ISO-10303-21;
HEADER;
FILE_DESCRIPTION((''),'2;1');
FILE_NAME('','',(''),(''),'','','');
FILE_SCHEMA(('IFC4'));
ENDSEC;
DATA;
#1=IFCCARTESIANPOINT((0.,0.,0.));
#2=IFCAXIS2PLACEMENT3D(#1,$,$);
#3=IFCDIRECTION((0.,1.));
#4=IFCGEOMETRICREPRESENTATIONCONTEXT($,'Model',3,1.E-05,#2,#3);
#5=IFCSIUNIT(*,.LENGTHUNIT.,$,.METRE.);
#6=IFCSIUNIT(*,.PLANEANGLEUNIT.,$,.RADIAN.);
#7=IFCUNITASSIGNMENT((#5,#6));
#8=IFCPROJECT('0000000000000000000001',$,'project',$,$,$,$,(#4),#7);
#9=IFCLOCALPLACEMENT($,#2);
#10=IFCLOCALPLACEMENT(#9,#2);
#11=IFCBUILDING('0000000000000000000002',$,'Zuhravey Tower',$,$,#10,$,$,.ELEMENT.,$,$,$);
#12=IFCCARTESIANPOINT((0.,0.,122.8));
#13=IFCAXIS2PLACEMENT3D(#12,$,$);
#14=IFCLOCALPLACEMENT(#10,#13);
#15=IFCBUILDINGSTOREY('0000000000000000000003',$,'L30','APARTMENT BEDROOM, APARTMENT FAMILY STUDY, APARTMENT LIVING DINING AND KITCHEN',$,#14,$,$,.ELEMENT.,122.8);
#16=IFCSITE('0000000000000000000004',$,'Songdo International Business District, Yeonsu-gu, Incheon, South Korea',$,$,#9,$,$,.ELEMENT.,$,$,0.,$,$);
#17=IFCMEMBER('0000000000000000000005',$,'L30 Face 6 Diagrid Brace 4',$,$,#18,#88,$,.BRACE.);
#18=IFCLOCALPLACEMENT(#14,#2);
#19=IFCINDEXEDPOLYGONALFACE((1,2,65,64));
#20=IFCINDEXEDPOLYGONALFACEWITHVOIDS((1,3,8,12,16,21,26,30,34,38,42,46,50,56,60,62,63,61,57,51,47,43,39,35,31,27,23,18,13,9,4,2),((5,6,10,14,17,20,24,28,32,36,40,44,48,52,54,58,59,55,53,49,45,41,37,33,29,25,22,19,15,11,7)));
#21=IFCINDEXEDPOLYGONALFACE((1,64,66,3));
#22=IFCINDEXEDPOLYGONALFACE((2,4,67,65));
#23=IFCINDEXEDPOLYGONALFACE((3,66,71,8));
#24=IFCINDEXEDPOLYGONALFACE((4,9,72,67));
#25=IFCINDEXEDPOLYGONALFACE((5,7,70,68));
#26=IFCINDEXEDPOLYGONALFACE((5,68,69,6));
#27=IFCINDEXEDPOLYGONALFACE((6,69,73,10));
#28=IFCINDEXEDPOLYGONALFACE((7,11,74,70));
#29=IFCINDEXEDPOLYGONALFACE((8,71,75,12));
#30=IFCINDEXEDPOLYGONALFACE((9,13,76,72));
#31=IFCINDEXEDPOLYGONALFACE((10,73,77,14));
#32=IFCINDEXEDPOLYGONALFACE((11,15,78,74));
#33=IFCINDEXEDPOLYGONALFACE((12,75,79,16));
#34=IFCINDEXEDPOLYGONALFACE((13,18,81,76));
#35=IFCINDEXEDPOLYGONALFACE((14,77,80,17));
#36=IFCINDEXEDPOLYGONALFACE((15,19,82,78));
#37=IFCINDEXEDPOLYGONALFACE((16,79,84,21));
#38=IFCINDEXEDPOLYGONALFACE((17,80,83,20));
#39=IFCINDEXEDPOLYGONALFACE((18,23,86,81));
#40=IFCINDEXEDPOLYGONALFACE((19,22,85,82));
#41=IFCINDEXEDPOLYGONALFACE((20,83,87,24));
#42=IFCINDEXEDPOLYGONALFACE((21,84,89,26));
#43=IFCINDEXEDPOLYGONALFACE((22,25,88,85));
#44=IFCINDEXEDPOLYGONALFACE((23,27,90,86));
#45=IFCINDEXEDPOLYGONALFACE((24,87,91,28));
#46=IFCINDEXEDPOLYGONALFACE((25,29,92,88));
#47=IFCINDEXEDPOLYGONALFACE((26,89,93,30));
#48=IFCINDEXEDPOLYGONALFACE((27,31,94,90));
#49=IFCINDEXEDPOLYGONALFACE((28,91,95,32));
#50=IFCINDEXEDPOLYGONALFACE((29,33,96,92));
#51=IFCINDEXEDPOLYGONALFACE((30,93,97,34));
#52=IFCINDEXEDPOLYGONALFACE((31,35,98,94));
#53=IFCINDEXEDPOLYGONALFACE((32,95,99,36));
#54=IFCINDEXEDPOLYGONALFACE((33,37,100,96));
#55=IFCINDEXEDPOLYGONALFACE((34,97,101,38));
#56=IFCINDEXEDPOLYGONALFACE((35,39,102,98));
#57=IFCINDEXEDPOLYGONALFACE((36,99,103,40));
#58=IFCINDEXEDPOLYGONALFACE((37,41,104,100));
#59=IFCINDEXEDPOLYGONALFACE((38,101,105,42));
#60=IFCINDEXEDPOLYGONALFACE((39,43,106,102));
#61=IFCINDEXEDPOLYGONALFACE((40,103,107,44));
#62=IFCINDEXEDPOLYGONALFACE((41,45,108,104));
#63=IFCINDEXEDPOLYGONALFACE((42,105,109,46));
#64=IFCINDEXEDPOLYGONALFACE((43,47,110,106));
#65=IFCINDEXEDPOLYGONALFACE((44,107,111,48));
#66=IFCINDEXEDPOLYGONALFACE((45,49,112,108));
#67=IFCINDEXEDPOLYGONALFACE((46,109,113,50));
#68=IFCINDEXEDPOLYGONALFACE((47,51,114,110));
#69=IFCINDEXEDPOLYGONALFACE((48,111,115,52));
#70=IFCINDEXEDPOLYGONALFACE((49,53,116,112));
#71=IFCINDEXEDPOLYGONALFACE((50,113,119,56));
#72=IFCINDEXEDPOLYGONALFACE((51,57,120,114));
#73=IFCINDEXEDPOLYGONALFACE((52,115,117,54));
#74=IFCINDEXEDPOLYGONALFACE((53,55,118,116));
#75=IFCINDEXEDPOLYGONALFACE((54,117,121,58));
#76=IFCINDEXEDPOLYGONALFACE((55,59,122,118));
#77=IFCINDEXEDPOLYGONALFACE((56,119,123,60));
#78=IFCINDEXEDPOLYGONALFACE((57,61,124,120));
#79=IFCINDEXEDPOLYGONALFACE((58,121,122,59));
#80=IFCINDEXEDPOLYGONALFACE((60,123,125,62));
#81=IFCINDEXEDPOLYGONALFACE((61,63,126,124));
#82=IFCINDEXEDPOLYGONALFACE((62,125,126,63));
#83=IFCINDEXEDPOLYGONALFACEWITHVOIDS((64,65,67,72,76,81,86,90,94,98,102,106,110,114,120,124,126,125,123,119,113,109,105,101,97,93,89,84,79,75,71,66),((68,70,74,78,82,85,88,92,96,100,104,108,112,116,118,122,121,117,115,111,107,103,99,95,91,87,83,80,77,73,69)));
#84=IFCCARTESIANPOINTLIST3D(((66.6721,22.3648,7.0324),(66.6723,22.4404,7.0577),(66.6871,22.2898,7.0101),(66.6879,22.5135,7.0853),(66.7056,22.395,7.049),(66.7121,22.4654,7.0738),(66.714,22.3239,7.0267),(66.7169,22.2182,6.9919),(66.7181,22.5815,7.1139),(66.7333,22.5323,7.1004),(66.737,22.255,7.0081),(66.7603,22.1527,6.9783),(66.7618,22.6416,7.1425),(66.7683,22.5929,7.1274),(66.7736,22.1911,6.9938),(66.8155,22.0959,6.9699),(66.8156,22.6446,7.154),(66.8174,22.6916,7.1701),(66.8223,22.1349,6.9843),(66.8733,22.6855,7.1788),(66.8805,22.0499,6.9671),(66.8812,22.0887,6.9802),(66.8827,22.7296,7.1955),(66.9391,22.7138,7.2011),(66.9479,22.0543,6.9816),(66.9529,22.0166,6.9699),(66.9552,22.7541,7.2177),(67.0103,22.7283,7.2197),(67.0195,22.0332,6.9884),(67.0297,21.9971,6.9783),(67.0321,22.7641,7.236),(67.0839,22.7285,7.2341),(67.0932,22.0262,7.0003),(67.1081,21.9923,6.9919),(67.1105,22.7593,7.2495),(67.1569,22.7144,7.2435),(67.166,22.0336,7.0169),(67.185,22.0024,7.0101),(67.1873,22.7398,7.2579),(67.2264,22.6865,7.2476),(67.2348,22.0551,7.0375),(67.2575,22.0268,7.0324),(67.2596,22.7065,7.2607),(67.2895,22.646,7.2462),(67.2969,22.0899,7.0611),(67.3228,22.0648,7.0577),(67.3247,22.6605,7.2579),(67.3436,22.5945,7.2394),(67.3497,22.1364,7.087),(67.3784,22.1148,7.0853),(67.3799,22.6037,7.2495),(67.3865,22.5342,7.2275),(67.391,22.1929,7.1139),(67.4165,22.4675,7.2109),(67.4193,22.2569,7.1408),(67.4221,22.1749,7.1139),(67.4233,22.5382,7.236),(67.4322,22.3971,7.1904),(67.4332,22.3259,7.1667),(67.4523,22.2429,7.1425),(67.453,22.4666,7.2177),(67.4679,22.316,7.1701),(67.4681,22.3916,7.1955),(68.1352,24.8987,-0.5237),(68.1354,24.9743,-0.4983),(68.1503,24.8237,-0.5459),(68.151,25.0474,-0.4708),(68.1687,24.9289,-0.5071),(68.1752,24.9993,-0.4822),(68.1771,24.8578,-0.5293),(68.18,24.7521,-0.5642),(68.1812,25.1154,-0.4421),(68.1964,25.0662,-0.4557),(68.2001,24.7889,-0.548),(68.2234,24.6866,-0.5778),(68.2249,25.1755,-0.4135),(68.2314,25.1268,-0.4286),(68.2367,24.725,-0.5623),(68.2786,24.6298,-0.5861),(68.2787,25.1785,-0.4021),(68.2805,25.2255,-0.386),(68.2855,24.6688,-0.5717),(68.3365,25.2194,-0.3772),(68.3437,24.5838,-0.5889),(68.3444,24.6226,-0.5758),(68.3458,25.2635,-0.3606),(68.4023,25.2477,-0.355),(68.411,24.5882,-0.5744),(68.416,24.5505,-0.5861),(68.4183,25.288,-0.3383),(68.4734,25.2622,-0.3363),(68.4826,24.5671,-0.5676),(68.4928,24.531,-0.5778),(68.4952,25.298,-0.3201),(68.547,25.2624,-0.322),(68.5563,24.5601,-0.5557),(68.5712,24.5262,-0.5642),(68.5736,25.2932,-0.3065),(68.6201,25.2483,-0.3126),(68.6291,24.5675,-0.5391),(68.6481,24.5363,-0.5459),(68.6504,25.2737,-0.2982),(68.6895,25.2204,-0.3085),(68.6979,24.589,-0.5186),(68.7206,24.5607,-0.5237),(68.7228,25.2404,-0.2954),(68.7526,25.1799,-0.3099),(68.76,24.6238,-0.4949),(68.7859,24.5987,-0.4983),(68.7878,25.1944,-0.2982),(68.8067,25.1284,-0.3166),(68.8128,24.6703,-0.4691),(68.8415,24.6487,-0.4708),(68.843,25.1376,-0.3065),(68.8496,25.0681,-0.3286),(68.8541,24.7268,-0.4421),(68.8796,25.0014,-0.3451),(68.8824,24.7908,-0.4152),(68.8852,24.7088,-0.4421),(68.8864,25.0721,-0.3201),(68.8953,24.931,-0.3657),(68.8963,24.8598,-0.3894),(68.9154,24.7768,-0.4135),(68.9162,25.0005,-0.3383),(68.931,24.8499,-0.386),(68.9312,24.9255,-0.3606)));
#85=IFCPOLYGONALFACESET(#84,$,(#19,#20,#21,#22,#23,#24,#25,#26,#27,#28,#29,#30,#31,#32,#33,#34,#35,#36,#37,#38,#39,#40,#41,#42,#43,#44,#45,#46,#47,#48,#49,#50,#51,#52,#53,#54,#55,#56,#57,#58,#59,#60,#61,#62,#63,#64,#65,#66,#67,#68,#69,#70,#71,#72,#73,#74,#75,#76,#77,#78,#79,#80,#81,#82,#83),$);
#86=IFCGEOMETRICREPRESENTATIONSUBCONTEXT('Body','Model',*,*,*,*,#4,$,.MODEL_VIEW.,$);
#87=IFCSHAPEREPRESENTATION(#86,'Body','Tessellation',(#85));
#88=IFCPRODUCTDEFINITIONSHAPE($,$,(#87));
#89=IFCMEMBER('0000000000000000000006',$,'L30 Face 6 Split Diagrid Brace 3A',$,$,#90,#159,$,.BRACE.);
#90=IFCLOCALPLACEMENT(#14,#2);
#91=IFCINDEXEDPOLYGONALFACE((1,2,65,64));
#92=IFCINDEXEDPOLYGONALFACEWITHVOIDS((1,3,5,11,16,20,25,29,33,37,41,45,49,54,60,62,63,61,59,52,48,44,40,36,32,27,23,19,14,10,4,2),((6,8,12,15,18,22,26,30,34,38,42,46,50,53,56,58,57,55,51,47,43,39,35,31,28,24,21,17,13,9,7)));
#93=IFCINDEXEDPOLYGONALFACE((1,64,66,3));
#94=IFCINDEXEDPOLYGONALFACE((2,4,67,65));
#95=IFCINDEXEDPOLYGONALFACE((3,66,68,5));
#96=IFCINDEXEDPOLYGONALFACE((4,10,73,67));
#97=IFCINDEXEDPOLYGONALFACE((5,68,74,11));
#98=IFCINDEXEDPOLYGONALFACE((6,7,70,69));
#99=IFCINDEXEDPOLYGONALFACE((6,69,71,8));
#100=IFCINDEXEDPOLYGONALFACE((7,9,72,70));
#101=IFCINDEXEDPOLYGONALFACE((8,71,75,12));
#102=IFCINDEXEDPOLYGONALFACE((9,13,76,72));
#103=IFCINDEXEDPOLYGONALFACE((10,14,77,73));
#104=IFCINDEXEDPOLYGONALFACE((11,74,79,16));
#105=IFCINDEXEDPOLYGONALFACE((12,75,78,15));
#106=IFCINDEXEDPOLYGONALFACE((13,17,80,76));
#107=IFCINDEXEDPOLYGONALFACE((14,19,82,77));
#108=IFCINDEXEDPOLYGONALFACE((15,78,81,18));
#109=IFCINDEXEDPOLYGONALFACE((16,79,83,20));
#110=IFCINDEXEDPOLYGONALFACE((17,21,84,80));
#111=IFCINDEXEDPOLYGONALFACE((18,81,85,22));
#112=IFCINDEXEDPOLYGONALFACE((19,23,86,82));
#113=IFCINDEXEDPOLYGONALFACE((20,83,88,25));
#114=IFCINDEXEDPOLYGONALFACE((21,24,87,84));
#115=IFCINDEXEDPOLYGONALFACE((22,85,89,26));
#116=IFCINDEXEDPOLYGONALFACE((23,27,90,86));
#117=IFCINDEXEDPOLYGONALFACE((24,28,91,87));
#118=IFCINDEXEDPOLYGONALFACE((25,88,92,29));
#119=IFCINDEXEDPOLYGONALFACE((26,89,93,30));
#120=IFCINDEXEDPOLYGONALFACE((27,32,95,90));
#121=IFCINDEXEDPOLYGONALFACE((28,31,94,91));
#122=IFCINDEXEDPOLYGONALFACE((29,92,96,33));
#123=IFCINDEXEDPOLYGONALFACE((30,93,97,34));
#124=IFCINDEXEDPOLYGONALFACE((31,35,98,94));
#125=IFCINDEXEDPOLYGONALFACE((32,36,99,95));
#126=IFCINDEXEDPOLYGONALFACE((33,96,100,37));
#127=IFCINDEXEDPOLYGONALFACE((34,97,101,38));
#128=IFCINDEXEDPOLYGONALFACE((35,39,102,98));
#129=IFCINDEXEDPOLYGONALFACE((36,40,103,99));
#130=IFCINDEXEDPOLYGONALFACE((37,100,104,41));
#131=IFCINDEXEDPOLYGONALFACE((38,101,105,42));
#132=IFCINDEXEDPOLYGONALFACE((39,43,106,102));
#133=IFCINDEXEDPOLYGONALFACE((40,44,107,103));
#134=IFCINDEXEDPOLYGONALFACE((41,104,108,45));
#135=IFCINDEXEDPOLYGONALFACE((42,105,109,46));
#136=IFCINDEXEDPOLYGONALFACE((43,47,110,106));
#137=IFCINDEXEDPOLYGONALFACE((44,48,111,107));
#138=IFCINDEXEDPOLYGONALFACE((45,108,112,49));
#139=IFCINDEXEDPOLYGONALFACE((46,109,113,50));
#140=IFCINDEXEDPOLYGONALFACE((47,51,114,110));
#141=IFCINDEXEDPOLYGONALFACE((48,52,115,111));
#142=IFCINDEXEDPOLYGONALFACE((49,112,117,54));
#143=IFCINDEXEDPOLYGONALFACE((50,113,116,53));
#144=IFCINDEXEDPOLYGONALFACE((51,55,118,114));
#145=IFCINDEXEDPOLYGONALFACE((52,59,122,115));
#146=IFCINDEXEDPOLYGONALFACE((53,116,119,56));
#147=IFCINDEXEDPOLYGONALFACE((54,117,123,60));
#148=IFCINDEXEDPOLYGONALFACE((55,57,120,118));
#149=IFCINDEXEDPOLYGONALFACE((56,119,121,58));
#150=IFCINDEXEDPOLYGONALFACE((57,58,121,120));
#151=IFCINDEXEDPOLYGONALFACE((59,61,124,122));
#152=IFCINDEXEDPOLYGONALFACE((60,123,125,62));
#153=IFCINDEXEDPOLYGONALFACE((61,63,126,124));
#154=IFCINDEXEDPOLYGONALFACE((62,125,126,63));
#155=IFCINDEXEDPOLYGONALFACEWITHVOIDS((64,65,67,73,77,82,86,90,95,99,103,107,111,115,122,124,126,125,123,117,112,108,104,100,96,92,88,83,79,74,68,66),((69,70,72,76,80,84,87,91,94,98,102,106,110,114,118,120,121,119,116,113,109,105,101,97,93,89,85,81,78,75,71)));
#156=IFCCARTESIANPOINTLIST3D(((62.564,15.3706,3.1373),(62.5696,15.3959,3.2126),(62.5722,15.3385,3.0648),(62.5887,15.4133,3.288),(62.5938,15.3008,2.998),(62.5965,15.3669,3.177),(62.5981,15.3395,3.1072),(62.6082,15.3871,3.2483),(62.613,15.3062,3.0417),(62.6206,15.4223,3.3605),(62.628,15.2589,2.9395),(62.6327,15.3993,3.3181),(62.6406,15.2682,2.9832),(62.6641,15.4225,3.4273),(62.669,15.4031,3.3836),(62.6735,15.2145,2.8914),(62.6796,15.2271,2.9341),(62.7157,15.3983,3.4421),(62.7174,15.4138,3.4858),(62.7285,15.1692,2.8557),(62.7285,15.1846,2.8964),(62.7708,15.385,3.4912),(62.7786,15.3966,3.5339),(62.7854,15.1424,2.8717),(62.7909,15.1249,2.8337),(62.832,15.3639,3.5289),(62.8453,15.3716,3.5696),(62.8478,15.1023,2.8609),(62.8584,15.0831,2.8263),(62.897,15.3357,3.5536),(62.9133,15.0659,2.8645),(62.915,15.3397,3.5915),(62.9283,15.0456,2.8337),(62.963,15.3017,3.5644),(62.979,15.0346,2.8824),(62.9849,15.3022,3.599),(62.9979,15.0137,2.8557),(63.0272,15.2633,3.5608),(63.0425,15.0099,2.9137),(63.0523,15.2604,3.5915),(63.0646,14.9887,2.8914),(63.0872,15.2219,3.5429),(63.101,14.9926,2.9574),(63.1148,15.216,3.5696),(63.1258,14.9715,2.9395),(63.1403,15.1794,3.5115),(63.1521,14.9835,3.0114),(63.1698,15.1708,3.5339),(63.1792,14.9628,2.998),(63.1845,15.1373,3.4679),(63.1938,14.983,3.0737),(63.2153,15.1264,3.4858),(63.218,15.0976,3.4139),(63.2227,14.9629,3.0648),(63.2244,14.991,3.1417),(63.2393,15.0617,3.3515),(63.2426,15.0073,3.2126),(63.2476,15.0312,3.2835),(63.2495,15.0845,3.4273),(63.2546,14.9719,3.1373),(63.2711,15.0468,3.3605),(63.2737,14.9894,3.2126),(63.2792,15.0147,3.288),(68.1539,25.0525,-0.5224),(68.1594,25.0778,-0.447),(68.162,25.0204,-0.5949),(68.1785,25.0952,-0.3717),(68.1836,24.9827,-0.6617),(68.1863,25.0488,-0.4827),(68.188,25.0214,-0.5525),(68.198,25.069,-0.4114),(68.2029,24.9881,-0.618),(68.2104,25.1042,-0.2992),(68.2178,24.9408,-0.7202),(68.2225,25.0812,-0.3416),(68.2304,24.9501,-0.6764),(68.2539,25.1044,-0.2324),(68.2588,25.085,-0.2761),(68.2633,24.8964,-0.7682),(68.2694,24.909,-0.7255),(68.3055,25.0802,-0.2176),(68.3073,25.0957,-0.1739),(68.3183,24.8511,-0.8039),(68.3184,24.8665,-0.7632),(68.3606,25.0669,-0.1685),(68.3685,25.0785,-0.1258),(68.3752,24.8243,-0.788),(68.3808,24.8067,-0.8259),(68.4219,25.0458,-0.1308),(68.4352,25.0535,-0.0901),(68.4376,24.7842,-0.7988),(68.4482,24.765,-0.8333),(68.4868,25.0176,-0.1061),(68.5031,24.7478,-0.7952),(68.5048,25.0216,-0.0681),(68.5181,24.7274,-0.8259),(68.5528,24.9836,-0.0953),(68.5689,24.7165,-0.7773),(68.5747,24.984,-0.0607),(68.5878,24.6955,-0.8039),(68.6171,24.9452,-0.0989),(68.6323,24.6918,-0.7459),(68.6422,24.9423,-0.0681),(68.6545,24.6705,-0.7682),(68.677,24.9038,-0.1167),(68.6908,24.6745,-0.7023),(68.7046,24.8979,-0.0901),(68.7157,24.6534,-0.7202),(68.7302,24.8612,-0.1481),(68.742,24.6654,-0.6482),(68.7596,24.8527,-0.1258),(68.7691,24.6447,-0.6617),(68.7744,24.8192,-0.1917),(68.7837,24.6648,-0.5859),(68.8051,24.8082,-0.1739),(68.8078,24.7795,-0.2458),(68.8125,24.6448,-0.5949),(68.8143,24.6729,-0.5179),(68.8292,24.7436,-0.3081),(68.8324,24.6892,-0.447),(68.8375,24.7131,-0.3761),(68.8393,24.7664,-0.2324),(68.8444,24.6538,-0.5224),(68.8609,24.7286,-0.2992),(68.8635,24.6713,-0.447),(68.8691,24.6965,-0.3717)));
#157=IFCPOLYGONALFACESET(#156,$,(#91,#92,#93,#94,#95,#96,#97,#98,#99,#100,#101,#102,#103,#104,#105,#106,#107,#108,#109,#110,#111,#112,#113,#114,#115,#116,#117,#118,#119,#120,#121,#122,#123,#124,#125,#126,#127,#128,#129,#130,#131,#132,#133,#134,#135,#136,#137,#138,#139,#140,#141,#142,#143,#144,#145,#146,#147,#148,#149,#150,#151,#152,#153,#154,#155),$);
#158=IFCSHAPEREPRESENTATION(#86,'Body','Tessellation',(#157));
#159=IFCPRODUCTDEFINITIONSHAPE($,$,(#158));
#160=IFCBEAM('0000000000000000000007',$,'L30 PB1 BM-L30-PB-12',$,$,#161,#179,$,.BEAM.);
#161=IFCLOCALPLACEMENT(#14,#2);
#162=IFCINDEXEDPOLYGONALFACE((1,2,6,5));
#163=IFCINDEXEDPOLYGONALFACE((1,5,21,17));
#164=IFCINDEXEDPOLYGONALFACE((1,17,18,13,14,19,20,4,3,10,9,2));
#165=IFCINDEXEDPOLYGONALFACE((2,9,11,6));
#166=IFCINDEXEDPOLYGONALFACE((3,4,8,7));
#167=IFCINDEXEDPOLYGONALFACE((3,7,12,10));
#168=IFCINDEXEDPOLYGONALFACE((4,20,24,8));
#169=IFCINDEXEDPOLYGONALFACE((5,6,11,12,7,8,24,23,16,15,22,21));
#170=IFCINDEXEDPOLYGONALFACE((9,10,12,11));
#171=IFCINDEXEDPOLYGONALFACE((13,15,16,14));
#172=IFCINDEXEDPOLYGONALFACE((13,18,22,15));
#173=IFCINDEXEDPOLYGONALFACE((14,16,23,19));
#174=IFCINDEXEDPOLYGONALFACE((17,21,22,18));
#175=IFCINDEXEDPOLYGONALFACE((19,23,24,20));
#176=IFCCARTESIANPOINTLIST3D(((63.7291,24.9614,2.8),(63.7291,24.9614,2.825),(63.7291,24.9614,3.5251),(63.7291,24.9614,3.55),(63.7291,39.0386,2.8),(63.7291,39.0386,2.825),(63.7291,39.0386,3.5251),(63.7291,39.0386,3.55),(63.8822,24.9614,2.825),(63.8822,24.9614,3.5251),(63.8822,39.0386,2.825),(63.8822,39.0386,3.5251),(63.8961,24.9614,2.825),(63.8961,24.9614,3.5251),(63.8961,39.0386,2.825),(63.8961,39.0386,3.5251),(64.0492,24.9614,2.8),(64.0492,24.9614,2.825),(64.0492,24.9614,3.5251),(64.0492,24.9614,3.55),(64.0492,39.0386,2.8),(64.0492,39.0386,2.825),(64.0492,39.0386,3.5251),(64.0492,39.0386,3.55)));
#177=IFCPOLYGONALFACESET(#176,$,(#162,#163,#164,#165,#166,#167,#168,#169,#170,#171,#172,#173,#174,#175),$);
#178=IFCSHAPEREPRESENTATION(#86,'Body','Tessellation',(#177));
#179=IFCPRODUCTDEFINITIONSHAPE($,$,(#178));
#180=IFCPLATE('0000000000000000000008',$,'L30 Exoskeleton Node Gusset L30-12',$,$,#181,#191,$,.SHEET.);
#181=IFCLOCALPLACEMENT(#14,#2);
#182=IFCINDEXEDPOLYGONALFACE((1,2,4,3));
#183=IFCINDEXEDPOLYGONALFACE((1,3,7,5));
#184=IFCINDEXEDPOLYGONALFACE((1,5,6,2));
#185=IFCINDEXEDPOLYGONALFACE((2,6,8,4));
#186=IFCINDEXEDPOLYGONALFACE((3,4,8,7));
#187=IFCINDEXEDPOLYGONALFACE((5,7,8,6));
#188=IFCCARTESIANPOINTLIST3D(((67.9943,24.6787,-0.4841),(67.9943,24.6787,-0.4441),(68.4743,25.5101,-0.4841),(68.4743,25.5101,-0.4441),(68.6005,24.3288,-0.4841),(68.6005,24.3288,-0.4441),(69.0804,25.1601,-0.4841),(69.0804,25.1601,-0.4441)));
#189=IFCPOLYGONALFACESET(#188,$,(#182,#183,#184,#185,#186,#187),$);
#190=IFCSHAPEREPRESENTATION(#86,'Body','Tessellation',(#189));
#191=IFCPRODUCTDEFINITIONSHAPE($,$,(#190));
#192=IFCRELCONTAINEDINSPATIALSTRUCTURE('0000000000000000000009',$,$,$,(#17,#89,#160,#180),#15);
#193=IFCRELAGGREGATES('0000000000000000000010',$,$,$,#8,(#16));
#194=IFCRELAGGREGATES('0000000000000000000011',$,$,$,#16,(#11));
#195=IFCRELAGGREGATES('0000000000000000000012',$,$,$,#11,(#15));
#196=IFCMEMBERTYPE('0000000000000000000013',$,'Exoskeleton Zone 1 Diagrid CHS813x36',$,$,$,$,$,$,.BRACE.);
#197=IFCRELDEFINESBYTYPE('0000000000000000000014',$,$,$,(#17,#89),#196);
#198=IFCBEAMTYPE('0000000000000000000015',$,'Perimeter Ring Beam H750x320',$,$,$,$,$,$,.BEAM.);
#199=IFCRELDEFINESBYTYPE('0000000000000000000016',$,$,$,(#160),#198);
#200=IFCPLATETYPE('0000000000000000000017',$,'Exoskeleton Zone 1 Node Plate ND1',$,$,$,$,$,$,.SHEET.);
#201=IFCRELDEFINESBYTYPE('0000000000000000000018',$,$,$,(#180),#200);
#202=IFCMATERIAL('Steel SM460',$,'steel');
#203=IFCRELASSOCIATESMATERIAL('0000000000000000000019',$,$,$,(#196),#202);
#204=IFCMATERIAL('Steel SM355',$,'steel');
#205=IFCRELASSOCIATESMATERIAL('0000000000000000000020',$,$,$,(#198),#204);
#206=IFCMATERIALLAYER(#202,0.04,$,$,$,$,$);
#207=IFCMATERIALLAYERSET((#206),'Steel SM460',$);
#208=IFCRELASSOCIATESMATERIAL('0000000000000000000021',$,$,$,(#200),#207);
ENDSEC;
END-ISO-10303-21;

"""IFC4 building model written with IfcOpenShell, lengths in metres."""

from ifc_helpers import new_model, si_unit, direction, frame, origin, origin_2d, place, context, subcontext, project, spatial, rectangle, hollow_circle, i_section, extrude, material, layer, layer_set, material_profile, profile_set, type_object, element, save


model = new_model("IFC4")

# Units and contexts
model_context = context("Model", 3, precision=1e-05, world=origin(), true_north=direction((0.0, 1.0)))
body_context = subcontext(model_context, "Body", "Model", "MODEL_VIEW")
ifc_project = project(units=[si_unit("LENGTHUNIT", "METRE"), si_unit("PLANEANGLEUNIT", "RADIAN")], contexts=[model_context])

# Site, building, storey
site_placement = place(None, origin())
site = spatial("IfcSite", under=ifc_project, at=site_placement, Name="Songdo International Business District, Yeonsu-gu, Incheon, South Korea", CompositionType="ELEMENT", RefElevation=0.0)
building_placement = place(site_placement, origin())
building = spatial("IfcBuilding", under=site, at=building_placement, Name="Zuhravey Tower", CompositionType="ELEMENT")
storey_placement = place(building_placement, frame((0.0, 0.0, 122.8)))
storey = spatial("IfcBuildingStorey", under=building, at=storey_placement, Name="L30", Description="APARTMENT BEDROOM, APARTMENT FAMILY STUDY, APARTMENT LIVING DINING AND KITCHEN", CompositionType="ELEMENT", Elevation=122.8)

# Members
ifc_material_1 = material(Name="Steel SM460", Category="steel")
ifc_material_profile_1 = material_profile(ifc_material_1, hollow_circle(Radius=0.4065, WallThickness=0.0359, at=origin_2d()), Name="CHS-812.8x36")
ifc_profile_set_1 = profile_set([ifc_material_profile_1], Name="Steel SM460")
member_type_1 = type_object("IfcMemberType", Name="Exoskeleton Zone 1 Diagrid CHS813x36", PredefinedType="BRACE", material=ifc_profile_set_1)
member_1_placement = place(storey_placement, frame((68.5332, 24.9121, -0.4421), z_axis=(-0.180569, -0.312719, 0.932524), x_axis=(0.866001, -0.500043, 0.0)))
element("IfcMember", 1, at=member_1_placement, inside=storey, type_object=member_type_1, Name="L30 Face 6 Diagrid Brace 4", PredefinedType="BRACE", context=body_context, shape_type="SweptSolid", body=[
    extrude(hollow_circle(Radius=0.4065, WallThickness=0.0359, at=origin_2d()), origin(), (0.0, 0.0, 1.0), 8.1028),
])
member_2_placement = place(storey_placement, frame((68.5115, 24.8745, -0.447), z_axis=(-0.475188, -0.823049, 0.311105), x_axis=(0.866025, -0.5, 0.0)))
element("IfcMember", 2, at=member_2_placement, inside=storey, type_object=member_type_1, Name="L30 Face 6 Split Diagrid Brace 3A", PredefinedType="BRACE", context=body_context, shape_type="SweptSolid", body=[
    extrude(hollow_circle(Radius=0.4065, WallThickness=0.0359, at=origin_2d()), origin(), (0.0, 0.0, 1.0), 11.7634),
])

# Beam
ifc_material_2 = material(Name="Steel SM355", Category="steel")
ifc_material_profile_2 = material_profile(ifc_material_2, i_section(OverallWidth=0.3201, OverallDepth=0.75, WebThickness=0.0139, FlangeThickness=0.0249, at=origin_2d()), Name="H-750x320x14x25")
ifc_profile_set_2 = profile_set([ifc_material_profile_2], Name="Steel SM355")
beam_type = type_object("IfcBeamType", Name="Perimeter Ring Beam H750x320", PredefinedType="BEAM", material=ifc_profile_set_2)
beam_placement = place(storey_placement, frame((63.8892, 24.9614, 3.175), z_axis=(0.0, 1.0, 0.0), x_axis=(-1.0, 0.0, 0.0)))
element("IfcBeam", 3, at=beam_placement, inside=storey, type_object=beam_type, Name="L30 PB1 BM-L30-PB-12", PredefinedType="BEAM", context=body_context, shape_type="SweptSolid", body=[
    extrude(i_section(OverallWidth=0.3201, OverallDepth=0.75, WebThickness=0.0139, FlangeThickness=0.0249, at=origin_2d()), origin(), (0.0, 0.0, 1.0), 14.0771),
])

# Plate
ifc_layer_1 = layer(ifc_material_1, 0.04)
ifc_layer_set_1 = layer_set([ifc_layer_1], Name="Steel SM460")
plate_type_1 = type_object("IfcPlateType", Name="Exoskeleton Zone 1 Node Plate ND1", PredefinedType="SHEET", material=ifc_layer_set_1)
plate_1_placement = place(storey_placement, frame((68.5374, 24.9194, -0.4841), z_axis=(0.0, 0.0, 1.0), x_axis=(0.5, 0.866025, 0.0)))
element("IfcPlate", 4, at=plate_1_placement, inside=storey, type_object=plate_type_1, Name="L30 Exoskeleton Node Gusset L30-12", PredefinedType="SHEET", context=body_context, shape_type="SweptSolid", body=[
    extrude(rectangle(XDim=0.96, YDim=0.7, at=origin_2d()), origin(), (0.0, 0.0, 1.0), 0.04),
])

save(model, "model.ifc")
